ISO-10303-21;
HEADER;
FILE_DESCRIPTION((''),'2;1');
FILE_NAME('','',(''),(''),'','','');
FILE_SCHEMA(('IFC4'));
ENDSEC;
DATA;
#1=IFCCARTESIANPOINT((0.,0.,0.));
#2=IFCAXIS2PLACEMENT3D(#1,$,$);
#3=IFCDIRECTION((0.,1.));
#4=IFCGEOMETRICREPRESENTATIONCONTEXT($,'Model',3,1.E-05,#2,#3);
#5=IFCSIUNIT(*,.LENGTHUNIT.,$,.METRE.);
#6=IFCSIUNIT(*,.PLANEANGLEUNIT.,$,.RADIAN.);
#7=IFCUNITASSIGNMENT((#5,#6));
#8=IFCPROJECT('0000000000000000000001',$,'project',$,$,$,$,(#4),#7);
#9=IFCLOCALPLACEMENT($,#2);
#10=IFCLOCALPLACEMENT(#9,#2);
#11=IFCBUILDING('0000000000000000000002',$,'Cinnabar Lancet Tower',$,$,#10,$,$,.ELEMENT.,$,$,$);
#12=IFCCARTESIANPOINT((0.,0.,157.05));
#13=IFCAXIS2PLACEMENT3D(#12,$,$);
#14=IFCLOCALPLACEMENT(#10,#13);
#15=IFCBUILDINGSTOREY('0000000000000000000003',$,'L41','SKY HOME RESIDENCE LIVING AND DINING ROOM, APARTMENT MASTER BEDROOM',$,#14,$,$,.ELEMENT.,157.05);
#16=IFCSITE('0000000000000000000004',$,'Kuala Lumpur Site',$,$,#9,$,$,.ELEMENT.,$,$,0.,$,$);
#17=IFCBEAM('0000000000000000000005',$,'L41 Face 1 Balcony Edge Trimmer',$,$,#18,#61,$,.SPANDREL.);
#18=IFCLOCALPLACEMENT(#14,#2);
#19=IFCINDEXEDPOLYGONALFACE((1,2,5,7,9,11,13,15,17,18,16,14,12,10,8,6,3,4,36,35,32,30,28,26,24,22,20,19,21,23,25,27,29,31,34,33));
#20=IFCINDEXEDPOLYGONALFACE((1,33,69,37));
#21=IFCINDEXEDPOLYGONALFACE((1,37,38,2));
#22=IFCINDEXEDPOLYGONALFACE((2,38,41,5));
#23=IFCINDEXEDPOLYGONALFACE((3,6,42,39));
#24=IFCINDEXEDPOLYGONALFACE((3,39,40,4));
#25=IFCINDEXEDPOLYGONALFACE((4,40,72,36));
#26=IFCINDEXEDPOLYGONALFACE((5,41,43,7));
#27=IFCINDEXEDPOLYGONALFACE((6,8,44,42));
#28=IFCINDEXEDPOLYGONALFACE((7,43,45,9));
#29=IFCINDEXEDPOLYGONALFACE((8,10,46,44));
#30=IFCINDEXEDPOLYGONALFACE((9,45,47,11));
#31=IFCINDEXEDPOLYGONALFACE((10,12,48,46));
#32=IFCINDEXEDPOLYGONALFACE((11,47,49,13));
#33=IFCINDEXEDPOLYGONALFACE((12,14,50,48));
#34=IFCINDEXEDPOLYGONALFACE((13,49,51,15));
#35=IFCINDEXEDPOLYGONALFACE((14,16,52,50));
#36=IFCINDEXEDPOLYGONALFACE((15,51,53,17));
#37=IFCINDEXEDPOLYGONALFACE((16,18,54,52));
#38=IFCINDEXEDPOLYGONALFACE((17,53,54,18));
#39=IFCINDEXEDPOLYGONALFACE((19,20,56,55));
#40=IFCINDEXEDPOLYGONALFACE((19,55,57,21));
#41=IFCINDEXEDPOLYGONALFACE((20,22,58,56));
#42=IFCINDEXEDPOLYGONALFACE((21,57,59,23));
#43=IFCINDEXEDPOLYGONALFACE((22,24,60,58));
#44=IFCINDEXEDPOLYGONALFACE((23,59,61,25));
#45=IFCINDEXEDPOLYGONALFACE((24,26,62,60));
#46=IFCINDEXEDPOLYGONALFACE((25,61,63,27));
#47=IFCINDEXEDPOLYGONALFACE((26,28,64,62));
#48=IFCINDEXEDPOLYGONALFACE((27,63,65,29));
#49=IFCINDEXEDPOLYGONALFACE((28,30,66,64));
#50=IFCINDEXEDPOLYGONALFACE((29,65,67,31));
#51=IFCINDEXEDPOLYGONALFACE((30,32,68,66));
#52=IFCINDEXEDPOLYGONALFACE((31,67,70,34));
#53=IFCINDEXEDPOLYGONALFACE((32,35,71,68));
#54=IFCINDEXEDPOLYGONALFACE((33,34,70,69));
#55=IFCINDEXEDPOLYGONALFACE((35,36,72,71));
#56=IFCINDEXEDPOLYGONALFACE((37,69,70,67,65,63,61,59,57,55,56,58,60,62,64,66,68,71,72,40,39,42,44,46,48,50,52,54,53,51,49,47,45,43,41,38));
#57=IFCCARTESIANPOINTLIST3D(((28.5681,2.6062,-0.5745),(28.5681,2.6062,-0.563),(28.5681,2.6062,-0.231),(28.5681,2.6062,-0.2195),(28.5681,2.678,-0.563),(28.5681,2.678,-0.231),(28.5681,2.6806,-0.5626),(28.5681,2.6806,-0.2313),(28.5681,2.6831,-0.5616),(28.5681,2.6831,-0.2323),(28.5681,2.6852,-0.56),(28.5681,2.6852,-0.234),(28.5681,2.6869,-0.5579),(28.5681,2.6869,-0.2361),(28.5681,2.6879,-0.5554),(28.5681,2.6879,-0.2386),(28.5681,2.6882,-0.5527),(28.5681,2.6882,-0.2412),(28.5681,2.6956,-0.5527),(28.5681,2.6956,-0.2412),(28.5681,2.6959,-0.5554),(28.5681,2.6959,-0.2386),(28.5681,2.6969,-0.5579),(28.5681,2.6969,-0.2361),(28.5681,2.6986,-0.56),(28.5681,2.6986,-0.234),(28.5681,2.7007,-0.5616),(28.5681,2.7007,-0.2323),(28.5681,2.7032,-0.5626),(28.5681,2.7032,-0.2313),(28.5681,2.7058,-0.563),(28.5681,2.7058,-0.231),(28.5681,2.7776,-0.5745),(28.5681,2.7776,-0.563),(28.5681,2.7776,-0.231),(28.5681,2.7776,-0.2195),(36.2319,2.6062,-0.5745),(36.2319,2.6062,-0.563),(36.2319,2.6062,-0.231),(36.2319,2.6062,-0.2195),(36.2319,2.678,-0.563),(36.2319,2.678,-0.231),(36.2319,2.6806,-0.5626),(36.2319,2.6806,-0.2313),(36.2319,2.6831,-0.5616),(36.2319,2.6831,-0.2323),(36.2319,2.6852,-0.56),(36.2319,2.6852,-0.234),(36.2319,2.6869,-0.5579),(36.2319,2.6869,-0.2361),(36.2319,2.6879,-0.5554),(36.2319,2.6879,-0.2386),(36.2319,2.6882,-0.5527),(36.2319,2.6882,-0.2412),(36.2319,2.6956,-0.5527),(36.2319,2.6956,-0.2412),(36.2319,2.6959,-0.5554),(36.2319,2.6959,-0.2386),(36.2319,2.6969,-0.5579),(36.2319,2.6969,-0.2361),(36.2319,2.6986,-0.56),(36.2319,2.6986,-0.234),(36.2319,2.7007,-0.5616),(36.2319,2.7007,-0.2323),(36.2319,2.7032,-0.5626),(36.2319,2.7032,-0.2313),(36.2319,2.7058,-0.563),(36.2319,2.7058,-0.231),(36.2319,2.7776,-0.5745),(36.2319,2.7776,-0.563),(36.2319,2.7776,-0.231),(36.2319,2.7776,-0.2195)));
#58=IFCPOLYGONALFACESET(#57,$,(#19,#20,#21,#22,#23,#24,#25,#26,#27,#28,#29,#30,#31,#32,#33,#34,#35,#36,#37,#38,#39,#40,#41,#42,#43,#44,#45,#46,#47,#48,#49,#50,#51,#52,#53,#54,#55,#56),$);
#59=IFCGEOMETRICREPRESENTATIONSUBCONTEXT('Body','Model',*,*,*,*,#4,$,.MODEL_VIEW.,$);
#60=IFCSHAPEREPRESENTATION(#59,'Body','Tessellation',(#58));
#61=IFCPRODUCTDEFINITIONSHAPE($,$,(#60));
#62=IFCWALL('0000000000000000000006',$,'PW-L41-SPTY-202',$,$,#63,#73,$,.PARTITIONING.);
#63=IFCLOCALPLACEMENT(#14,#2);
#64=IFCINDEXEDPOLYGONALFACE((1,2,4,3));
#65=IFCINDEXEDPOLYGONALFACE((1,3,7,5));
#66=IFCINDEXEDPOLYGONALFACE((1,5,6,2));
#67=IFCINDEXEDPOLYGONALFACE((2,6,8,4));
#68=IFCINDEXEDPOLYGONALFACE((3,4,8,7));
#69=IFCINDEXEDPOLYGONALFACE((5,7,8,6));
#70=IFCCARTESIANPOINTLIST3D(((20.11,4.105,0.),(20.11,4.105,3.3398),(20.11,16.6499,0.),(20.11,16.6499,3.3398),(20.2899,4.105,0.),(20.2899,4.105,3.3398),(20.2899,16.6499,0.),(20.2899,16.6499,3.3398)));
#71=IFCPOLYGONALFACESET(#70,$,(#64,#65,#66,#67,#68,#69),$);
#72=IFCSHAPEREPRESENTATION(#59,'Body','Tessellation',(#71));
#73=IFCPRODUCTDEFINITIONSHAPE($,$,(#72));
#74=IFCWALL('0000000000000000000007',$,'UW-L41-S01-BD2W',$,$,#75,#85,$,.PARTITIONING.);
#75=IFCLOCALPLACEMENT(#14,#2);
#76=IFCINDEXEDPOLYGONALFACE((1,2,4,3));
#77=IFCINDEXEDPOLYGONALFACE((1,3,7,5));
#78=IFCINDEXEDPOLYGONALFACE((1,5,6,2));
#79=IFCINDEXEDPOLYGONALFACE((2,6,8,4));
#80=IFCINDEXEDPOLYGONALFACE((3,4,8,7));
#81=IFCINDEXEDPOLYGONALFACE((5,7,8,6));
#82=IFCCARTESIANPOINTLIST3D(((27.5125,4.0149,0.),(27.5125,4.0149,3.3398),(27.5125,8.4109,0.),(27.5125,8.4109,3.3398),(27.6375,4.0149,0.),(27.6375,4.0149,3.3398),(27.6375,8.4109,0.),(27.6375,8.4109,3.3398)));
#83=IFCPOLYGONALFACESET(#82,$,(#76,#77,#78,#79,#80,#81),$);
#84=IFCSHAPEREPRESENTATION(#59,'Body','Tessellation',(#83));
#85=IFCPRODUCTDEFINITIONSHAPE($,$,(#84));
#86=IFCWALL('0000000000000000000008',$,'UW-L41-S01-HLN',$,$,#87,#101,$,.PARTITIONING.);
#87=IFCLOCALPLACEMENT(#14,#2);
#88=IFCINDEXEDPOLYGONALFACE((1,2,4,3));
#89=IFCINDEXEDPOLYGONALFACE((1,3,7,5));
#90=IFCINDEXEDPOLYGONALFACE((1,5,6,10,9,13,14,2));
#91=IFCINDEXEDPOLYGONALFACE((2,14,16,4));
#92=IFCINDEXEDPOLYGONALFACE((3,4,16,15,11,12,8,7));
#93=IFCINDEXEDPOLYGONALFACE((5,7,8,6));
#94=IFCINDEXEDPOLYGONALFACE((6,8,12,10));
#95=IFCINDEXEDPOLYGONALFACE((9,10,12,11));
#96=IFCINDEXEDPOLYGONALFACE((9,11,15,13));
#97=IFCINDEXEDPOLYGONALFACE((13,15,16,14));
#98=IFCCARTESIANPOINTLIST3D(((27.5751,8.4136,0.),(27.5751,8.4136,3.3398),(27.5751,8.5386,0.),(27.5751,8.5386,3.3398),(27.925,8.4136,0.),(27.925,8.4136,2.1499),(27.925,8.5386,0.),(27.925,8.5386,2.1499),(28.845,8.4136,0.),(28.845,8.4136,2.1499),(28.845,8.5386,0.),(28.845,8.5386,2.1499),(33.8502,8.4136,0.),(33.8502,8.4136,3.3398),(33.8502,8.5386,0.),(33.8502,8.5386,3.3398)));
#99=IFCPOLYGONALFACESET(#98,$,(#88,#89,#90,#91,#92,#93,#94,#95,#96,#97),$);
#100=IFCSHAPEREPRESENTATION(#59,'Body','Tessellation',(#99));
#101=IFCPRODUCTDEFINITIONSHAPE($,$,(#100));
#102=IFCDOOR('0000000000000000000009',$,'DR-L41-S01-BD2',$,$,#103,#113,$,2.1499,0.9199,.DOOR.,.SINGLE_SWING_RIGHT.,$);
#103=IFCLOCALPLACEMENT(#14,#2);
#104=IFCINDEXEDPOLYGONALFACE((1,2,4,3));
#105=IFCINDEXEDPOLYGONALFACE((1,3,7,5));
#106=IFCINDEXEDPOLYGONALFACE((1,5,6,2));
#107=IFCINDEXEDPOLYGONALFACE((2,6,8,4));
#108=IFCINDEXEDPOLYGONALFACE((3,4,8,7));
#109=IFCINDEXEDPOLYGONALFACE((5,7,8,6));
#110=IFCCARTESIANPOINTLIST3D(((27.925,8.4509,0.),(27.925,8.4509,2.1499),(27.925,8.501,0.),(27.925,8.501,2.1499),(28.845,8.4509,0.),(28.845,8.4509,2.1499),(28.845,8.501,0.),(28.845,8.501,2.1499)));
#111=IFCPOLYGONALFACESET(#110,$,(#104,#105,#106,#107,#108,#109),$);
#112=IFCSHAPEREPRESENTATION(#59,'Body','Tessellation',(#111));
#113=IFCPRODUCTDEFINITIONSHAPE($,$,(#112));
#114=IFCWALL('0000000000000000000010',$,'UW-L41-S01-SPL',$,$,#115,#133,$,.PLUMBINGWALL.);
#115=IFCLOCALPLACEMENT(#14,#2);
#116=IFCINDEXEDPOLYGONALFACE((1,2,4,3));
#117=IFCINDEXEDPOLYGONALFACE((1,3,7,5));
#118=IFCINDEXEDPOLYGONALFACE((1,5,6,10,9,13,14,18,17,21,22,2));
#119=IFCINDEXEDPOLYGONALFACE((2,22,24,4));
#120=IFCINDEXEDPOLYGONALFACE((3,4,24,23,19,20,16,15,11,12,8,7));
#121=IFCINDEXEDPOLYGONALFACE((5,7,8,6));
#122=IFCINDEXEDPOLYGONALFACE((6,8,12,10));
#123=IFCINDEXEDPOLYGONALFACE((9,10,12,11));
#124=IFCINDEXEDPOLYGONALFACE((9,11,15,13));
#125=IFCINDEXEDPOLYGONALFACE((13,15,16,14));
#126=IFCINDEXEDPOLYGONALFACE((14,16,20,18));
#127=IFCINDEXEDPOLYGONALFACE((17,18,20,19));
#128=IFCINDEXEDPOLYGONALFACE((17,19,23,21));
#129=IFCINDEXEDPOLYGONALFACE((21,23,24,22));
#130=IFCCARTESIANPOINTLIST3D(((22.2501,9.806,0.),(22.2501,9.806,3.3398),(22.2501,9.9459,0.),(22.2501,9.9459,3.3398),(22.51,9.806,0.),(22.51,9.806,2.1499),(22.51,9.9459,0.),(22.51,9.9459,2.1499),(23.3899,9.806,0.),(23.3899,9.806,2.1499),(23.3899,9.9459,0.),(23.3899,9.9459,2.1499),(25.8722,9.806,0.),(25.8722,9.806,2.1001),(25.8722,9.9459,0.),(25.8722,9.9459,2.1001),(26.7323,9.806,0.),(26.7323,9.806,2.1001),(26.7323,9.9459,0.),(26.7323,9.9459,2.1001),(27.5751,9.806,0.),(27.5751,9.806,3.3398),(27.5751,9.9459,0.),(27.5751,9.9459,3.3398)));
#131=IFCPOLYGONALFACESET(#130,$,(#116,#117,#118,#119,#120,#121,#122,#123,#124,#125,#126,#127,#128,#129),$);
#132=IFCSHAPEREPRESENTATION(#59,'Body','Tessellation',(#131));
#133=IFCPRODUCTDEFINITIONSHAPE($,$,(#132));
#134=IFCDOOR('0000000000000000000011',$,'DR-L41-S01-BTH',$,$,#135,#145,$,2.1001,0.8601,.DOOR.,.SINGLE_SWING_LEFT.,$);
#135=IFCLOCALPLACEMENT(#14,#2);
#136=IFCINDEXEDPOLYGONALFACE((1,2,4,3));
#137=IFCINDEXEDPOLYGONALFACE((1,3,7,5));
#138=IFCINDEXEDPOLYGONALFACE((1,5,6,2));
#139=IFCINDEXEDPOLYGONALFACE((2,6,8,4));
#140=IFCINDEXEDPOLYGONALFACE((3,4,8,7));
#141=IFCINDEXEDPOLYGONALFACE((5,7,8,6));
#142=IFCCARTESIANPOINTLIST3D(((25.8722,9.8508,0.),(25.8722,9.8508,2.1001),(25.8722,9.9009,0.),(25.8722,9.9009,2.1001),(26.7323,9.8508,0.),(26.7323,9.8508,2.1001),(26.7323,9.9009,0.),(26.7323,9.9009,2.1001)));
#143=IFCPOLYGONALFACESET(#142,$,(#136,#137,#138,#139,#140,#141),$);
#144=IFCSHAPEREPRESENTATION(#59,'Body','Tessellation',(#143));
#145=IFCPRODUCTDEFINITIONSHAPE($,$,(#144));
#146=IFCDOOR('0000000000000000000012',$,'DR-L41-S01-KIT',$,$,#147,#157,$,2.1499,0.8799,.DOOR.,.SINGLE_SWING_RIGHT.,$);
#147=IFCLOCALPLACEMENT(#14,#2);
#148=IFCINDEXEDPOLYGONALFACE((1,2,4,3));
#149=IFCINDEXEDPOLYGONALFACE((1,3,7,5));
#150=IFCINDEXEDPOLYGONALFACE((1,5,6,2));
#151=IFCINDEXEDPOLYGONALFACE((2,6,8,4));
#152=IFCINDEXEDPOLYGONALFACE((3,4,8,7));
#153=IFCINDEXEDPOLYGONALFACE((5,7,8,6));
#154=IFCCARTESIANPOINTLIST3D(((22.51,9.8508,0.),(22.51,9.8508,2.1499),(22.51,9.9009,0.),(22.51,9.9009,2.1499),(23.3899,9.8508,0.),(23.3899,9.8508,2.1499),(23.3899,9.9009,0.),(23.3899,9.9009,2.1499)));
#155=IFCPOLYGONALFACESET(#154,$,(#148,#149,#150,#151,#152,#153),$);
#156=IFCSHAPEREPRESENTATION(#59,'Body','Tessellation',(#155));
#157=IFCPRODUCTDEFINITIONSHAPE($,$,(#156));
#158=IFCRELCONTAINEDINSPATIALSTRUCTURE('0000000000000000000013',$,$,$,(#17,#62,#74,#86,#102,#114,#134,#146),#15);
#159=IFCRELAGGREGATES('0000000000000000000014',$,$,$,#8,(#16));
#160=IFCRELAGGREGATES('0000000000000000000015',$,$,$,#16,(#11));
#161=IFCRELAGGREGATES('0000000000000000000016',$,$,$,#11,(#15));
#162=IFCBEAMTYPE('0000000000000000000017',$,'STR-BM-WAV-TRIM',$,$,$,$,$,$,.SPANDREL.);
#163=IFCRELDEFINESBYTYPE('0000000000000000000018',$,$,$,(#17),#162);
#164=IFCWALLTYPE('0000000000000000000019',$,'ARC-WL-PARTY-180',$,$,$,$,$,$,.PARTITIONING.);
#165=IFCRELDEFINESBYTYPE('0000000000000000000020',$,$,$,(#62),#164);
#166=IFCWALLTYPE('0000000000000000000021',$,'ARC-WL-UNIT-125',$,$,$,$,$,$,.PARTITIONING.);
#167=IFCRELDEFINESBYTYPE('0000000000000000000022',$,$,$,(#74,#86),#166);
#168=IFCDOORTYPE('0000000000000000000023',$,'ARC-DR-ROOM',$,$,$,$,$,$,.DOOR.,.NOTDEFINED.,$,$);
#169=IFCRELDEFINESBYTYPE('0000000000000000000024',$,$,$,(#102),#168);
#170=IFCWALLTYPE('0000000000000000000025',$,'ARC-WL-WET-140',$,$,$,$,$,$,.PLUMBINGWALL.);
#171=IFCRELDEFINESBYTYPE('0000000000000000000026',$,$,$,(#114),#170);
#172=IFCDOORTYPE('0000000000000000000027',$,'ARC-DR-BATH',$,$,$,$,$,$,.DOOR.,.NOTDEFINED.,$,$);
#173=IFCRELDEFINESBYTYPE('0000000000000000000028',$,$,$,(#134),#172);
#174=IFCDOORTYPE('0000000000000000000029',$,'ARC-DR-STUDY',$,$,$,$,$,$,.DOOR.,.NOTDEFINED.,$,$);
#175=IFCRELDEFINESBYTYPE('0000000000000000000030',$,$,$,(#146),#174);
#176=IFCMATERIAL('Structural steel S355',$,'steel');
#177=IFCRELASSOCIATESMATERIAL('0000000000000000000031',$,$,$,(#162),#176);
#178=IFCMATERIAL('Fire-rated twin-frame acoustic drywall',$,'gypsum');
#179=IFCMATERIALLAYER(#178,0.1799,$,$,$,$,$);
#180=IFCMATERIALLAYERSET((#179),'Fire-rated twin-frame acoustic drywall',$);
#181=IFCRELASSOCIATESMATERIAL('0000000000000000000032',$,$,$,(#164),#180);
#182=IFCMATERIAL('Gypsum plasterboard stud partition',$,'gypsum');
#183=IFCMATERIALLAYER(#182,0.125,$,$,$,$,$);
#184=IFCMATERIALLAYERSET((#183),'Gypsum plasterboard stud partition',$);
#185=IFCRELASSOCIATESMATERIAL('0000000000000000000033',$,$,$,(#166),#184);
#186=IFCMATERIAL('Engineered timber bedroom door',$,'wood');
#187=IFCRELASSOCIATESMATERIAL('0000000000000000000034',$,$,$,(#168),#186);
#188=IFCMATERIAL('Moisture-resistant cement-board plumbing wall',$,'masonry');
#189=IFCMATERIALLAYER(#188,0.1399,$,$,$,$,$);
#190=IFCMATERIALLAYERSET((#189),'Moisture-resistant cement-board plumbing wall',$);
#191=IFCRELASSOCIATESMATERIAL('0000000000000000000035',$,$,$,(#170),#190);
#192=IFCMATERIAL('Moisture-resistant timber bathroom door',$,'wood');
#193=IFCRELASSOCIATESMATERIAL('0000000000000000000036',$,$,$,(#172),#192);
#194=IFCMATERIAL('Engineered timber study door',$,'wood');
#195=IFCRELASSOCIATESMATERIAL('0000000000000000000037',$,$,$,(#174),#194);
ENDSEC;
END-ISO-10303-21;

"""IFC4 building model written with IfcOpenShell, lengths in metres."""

from ifc_helpers import new_model, si_unit, direction, frame, frame_2d, origin, origin_2d, place, context, subcontext, project, spatial, rectangle, i_section, extrude, material, layer, layer_set, material_profile, profile_set, type_object, element, fill, save


model = new_model("IFC4")

# Units and contexts
model_context = context("Model", 3, precision=1e-05, world=origin(), true_north=direction((0.0, 1.0)))
body_context = subcontext(model_context, "Body", "Model", "MODEL_VIEW")
ifc_project = project(units=[si_unit("LENGTHUNIT", "METRE"), si_unit("PLANEANGLEUNIT", "RADIAN")], contexts=[model_context])

# Site, building, storey
site_placement = place(None, origin())
site = spatial("IfcSite", under=ifc_project, at=site_placement, Name="Kuala Lumpur Site", CompositionType="ELEMENT", RefElevation=0.0)
building_placement = place(site_placement, origin())
building = spatial("IfcBuilding", under=site, at=building_placement, Name="Cinnabar Lancet Tower", CompositionType="ELEMENT")
storey_placement = place(building_placement, frame((0.0, 0.0, 157.05)))
storey = spatial("IfcBuildingStorey", under=building, at=storey_placement, Name="L41", Description="SKY HOME RESIDENCE LIVING AND DINING ROOM, APARTMENT MASTER BEDROOM", CompositionType="ELEMENT", Elevation=157.05)

# Beam
ifc_material_1 = material(Name="Structural steel S355", Category="steel")
ifc_material_profile_1 = material_profile(ifc_material_1, i_section(OverallWidth=0.1714, OverallDepth=0.355, WebThickness=0.0073, FlangeThickness=0.0115, FilletRadius=0.0103, at=origin_2d()), Name="UKB 356x171x51")
ifc_profile_set_1 = profile_set([ifc_material_profile_1], Name="Structural steel S355")
beam_type_1 = type_object("IfcBeamType", Name="STR-BM-WAV-TRIM", PredefinedType="SPANDREL", material=ifc_profile_set_1)
beam_1_placement = place(storey_placement, frame((28.5681, 2.6919, -0.397), z_axis=(1.0, 0.0, 0.0), x_axis=(0.0, 1.0, 0.0)))
element("IfcBeam", 1, at=beam_1_placement, inside=storey, type_object=beam_type_1, Name="L41 Face 1 Balcony Edge Trimmer", PredefinedType="SPANDREL", context=body_context, shape_type="SweptSolid", body=[
    extrude(i_section(OverallWidth=0.1714, OverallDepth=0.355, WebThickness=0.0073, FlangeThickness=0.0115, FilletRadius=0.0103, at=origin_2d()), origin(), (0.0, 0.0, 1.0), 7.6638),
])

# Walls
ifc_material_2 = material(Name="Fire-rated twin-frame acoustic drywall", Category="gypsum")
ifc_layer_1 = layer(ifc_material_2, 0.1799)
ifc_layer_set_1 = layer_set([ifc_layer_1], Name="Fire-rated twin-frame acoustic drywall")
wall_type_1 = type_object("IfcWallType", Name="ARC-WL-PARTY-180", PredefinedType="PARTITIONING", material=ifc_layer_set_1)
wall_1_placement = place(storey_placement, frame((20.2, 4.105, 0.0), z_axis=(0.0, 0.0, 1.0), x_axis=(0.0, 1.0, 0.0)))
element("IfcWall", 2, at=wall_1_placement, inside=storey, type_object=wall_type_1, Name="PW-L41-SPTY-202", PredefinedType="PARTITIONING", context=body_context, shape_type="SweptSolid", body=[
    extrude(rectangle(XDim=12.5449, YDim=0.1799, at=frame_2d((6.2725, 0.0))), origin(), (0.0, 0.0, 1.0), 3.3398),
])
ifc_material_3 = material(Name="Gypsum plasterboard stud partition", Category="gypsum")
ifc_layer_2 = layer(ifc_material_3, 0.125)
ifc_layer_set_2 = layer_set([ifc_layer_2], Name="Gypsum plasterboard stud partition")
wall_type_2 = type_object("IfcWallType", Name="ARC-WL-UNIT-125", PredefinedType="PARTITIONING", material=ifc_layer_set_2)
wall_2_placement = place(storey_placement, frame((27.575, 4.0149, 0.0), z_axis=(0.0, 0.0, 1.0), x_axis=(0.0, 1.0, 0.0)))
element("IfcWall", 3, at=wall_2_placement, inside=storey, type_object=wall_type_2, Name="UW-L41-S01-BD2W", PredefinedType="PARTITIONING", context=body_context, shape_type="SweptSolid", body=[
    extrude(rectangle(XDim=4.396, YDim=0.125, at=frame_2d((2.198, 0.0))), origin(), (0.0, 0.0, 1.0), 3.3398),
])

# Wall, opening, door
wall_3_placement = place(storey_placement, frame((27.575, 8.4761, 0.0), z_axis=(0.0, 0.0, 1.0), x_axis=(1.0, 0.0, 0.0)))
wall_3 = element("IfcWall", 4, at=wall_3_placement, inside=storey, type_object=wall_type_2, Name="UW-L41-S01-HLN", PredefinedType="PARTITIONING", context=body_context, shape_type="SweptSolid", body=[
    extrude(rectangle(XDim=6.2751, YDim=0.125, at=frame_2d((3.1377, 0.0))), origin(), (0.0, 0.0, 1.0), 3.3398),
])
opening_1_placement = place(wall_3_placement, frame((0.3501, 0.0, 0.0)))
opening_1 = element("IfcOpeningElement", 5, at=opening_1_placement, cuts=wall_3, PredefinedType="OPENING", context=body_context, shape_type="SweptSolid", body=[
    extrude(rectangle(XDim=0.9199, YDim=2.1499, at=frame_2d((0.46, 1.075))), frame((0.0, 0.0725, 0.0), z_axis=(0.0, -1.0, 0.0), x_axis=(1.0, 0.0, 0.0)), (0.0, 0.0, 1.0), 0.145),
])
ifc_material_4 = material(Name="Engineered timber bedroom door", Category="wood")
door_type_1 = type_object("IfcDoorType", Name="ARC-DR-ROOM", OperationType="NOTDEFINED", PredefinedType="DOOR", material=ifc_material_4)
door_1_placement = place(opening_1_placement, origin())
door_1 = element("IfcDoor", 6, at=door_1_placement, inside=storey, type_object=door_type_1, Name="DR-L41-S01-BD2", OperationType="SINGLE_SWING_RIGHT", OverallHeight=2.1499, OverallWidth=0.9199, PredefinedType="DOOR", context=body_context, shape_type="SweptSolid", body=[
    extrude(rectangle(XDim=0.9199, YDim=2.1499, at=frame_2d((0.46, 1.075))), frame((0.0, 0.0249, 0.0), z_axis=(0.0, -1.0, 0.0), x_axis=(1.0, 0.0, 0.0)), (0.0, 0.0, 1.0), 0.05),
])
fill(opening_1, door_1)

# Wall, openings, doors
ifc_material_5 = material(Name="Moisture-resistant cement-board plumbing wall", Category="masonry")
ifc_layer_3 = layer(ifc_material_5, 0.1399)
ifc_layer_set_3 = layer_set([ifc_layer_3], Name="Moisture-resistant cement-board plumbing wall")
wall_type_3 = type_object("IfcWallType", Name="ARC-WL-WET-140", PredefinedType="PLUMBINGWALL", material=ifc_layer_set_3)
wall_4_placement = place(storey_placement, frame((22.25, 9.876, 0.0), z_axis=(0.0, 0.0, 1.0), x_axis=(1.0, 0.0, 0.0)))
wall_4 = element("IfcWall", 7, at=wall_4_placement, inside=storey, type_object=wall_type_3, Name="UW-L41-S01-SPL", PredefinedType="PLUMBINGWALL", context=body_context, shape_type="SweptSolid", body=[
    extrude(rectangle(XDim=5.325, YDim=0.1399, at=frame_2d((2.6626, 0.0))), origin(), (0.0, 0.0, 1.0), 3.3398),
])
opening_2_placement = place(wall_4_placement, frame((3.6221, 0.0, 0.0)))
opening_2 = element("IfcOpeningElement", 8, at=opening_2_placement, cuts=wall_4, PredefinedType="OPENING", context=body_context, shape_type="SweptSolid", body=[
    extrude(rectangle(XDim=0.8601, YDim=2.1001, at=frame_2d((0.4302, 1.05))), frame((0.0, 0.0798, 0.0), z_axis=(0.0, -1.0, 0.0), x_axis=(1.0, 0.0, 0.0)), (0.0, 0.0, 1.0), 0.1599),
])
opening_3_placement = place(wall_4_placement, frame((0.26, 0.0, 0.0)))
opening_3 = element("IfcOpeningElement", 9, at=opening_3_placement, cuts=wall_4, PredefinedType="OPENING", context=body_context, shape_type="SweptSolid", body=[
    extrude(rectangle(XDim=0.8799, YDim=2.1499, at=frame_2d((0.4399, 1.075))), frame((0.0, 0.0798, 0.0), z_axis=(0.0, -1.0, 0.0), x_axis=(1.0, 0.0, 0.0)), (0.0, 0.0, 1.0), 0.1599),
])
ifc_material_6 = material(Name="Moisture-resistant timber bathroom door", Category="wood")
door_type_2 = type_object("IfcDoorType", Name="ARC-DR-BATH", OperationType="NOTDEFINED", PredefinedType="DOOR", material=ifc_material_6)
door_2_placement = place(opening_2_placement, origin())
door_2 = element("IfcDoor", 10, at=door_2_placement, inside=storey, type_object=door_type_2, Name="DR-L41-S01-BTH", OperationType="SINGLE_SWING_LEFT", OverallHeight=2.1001, OverallWidth=0.8601, PredefinedType="DOOR", context=body_context, shape_type="SweptSolid", body=[
    extrude(rectangle(XDim=0.8601, YDim=2.1001, at=frame_2d((0.4302, 1.05))), frame((0.0, 0.0249, 0.0), z_axis=(0.0, -1.0, 0.0), x_axis=(1.0, 0.0, 0.0)), (0.0, 0.0, 1.0), 0.05),
])
fill(opening_2, door_2)
ifc_material_7 = material(Name="Engineered timber study door", Category="wood")
door_type_3 = type_object("IfcDoorType", Name="ARC-DR-STUDY", OperationType="NOTDEFINED", PredefinedType="DOOR", material=ifc_material_7)
door_3_placement = place(opening_3_placement, origin())
door_3 = element("IfcDoor", 11, at=door_3_placement, inside=storey, type_object=door_type_3, Name="DR-L41-S01-KIT", OperationType="SINGLE_SWING_RIGHT", OverallHeight=2.1499, OverallWidth=0.8799, PredefinedType="DOOR", context=body_context, shape_type="SweptSolid", body=[
    extrude(rectangle(XDim=0.8799, YDim=2.1499, at=frame_2d((0.4399, 1.075))), frame((0.0, 0.0249, 0.0), z_axis=(0.0, -1.0, 0.0), x_axis=(1.0, 0.0, 0.0)), (0.0, 0.0, 1.0), 0.05),
])
fill(opening_3, door_3)

save(model, "model.ifc")
